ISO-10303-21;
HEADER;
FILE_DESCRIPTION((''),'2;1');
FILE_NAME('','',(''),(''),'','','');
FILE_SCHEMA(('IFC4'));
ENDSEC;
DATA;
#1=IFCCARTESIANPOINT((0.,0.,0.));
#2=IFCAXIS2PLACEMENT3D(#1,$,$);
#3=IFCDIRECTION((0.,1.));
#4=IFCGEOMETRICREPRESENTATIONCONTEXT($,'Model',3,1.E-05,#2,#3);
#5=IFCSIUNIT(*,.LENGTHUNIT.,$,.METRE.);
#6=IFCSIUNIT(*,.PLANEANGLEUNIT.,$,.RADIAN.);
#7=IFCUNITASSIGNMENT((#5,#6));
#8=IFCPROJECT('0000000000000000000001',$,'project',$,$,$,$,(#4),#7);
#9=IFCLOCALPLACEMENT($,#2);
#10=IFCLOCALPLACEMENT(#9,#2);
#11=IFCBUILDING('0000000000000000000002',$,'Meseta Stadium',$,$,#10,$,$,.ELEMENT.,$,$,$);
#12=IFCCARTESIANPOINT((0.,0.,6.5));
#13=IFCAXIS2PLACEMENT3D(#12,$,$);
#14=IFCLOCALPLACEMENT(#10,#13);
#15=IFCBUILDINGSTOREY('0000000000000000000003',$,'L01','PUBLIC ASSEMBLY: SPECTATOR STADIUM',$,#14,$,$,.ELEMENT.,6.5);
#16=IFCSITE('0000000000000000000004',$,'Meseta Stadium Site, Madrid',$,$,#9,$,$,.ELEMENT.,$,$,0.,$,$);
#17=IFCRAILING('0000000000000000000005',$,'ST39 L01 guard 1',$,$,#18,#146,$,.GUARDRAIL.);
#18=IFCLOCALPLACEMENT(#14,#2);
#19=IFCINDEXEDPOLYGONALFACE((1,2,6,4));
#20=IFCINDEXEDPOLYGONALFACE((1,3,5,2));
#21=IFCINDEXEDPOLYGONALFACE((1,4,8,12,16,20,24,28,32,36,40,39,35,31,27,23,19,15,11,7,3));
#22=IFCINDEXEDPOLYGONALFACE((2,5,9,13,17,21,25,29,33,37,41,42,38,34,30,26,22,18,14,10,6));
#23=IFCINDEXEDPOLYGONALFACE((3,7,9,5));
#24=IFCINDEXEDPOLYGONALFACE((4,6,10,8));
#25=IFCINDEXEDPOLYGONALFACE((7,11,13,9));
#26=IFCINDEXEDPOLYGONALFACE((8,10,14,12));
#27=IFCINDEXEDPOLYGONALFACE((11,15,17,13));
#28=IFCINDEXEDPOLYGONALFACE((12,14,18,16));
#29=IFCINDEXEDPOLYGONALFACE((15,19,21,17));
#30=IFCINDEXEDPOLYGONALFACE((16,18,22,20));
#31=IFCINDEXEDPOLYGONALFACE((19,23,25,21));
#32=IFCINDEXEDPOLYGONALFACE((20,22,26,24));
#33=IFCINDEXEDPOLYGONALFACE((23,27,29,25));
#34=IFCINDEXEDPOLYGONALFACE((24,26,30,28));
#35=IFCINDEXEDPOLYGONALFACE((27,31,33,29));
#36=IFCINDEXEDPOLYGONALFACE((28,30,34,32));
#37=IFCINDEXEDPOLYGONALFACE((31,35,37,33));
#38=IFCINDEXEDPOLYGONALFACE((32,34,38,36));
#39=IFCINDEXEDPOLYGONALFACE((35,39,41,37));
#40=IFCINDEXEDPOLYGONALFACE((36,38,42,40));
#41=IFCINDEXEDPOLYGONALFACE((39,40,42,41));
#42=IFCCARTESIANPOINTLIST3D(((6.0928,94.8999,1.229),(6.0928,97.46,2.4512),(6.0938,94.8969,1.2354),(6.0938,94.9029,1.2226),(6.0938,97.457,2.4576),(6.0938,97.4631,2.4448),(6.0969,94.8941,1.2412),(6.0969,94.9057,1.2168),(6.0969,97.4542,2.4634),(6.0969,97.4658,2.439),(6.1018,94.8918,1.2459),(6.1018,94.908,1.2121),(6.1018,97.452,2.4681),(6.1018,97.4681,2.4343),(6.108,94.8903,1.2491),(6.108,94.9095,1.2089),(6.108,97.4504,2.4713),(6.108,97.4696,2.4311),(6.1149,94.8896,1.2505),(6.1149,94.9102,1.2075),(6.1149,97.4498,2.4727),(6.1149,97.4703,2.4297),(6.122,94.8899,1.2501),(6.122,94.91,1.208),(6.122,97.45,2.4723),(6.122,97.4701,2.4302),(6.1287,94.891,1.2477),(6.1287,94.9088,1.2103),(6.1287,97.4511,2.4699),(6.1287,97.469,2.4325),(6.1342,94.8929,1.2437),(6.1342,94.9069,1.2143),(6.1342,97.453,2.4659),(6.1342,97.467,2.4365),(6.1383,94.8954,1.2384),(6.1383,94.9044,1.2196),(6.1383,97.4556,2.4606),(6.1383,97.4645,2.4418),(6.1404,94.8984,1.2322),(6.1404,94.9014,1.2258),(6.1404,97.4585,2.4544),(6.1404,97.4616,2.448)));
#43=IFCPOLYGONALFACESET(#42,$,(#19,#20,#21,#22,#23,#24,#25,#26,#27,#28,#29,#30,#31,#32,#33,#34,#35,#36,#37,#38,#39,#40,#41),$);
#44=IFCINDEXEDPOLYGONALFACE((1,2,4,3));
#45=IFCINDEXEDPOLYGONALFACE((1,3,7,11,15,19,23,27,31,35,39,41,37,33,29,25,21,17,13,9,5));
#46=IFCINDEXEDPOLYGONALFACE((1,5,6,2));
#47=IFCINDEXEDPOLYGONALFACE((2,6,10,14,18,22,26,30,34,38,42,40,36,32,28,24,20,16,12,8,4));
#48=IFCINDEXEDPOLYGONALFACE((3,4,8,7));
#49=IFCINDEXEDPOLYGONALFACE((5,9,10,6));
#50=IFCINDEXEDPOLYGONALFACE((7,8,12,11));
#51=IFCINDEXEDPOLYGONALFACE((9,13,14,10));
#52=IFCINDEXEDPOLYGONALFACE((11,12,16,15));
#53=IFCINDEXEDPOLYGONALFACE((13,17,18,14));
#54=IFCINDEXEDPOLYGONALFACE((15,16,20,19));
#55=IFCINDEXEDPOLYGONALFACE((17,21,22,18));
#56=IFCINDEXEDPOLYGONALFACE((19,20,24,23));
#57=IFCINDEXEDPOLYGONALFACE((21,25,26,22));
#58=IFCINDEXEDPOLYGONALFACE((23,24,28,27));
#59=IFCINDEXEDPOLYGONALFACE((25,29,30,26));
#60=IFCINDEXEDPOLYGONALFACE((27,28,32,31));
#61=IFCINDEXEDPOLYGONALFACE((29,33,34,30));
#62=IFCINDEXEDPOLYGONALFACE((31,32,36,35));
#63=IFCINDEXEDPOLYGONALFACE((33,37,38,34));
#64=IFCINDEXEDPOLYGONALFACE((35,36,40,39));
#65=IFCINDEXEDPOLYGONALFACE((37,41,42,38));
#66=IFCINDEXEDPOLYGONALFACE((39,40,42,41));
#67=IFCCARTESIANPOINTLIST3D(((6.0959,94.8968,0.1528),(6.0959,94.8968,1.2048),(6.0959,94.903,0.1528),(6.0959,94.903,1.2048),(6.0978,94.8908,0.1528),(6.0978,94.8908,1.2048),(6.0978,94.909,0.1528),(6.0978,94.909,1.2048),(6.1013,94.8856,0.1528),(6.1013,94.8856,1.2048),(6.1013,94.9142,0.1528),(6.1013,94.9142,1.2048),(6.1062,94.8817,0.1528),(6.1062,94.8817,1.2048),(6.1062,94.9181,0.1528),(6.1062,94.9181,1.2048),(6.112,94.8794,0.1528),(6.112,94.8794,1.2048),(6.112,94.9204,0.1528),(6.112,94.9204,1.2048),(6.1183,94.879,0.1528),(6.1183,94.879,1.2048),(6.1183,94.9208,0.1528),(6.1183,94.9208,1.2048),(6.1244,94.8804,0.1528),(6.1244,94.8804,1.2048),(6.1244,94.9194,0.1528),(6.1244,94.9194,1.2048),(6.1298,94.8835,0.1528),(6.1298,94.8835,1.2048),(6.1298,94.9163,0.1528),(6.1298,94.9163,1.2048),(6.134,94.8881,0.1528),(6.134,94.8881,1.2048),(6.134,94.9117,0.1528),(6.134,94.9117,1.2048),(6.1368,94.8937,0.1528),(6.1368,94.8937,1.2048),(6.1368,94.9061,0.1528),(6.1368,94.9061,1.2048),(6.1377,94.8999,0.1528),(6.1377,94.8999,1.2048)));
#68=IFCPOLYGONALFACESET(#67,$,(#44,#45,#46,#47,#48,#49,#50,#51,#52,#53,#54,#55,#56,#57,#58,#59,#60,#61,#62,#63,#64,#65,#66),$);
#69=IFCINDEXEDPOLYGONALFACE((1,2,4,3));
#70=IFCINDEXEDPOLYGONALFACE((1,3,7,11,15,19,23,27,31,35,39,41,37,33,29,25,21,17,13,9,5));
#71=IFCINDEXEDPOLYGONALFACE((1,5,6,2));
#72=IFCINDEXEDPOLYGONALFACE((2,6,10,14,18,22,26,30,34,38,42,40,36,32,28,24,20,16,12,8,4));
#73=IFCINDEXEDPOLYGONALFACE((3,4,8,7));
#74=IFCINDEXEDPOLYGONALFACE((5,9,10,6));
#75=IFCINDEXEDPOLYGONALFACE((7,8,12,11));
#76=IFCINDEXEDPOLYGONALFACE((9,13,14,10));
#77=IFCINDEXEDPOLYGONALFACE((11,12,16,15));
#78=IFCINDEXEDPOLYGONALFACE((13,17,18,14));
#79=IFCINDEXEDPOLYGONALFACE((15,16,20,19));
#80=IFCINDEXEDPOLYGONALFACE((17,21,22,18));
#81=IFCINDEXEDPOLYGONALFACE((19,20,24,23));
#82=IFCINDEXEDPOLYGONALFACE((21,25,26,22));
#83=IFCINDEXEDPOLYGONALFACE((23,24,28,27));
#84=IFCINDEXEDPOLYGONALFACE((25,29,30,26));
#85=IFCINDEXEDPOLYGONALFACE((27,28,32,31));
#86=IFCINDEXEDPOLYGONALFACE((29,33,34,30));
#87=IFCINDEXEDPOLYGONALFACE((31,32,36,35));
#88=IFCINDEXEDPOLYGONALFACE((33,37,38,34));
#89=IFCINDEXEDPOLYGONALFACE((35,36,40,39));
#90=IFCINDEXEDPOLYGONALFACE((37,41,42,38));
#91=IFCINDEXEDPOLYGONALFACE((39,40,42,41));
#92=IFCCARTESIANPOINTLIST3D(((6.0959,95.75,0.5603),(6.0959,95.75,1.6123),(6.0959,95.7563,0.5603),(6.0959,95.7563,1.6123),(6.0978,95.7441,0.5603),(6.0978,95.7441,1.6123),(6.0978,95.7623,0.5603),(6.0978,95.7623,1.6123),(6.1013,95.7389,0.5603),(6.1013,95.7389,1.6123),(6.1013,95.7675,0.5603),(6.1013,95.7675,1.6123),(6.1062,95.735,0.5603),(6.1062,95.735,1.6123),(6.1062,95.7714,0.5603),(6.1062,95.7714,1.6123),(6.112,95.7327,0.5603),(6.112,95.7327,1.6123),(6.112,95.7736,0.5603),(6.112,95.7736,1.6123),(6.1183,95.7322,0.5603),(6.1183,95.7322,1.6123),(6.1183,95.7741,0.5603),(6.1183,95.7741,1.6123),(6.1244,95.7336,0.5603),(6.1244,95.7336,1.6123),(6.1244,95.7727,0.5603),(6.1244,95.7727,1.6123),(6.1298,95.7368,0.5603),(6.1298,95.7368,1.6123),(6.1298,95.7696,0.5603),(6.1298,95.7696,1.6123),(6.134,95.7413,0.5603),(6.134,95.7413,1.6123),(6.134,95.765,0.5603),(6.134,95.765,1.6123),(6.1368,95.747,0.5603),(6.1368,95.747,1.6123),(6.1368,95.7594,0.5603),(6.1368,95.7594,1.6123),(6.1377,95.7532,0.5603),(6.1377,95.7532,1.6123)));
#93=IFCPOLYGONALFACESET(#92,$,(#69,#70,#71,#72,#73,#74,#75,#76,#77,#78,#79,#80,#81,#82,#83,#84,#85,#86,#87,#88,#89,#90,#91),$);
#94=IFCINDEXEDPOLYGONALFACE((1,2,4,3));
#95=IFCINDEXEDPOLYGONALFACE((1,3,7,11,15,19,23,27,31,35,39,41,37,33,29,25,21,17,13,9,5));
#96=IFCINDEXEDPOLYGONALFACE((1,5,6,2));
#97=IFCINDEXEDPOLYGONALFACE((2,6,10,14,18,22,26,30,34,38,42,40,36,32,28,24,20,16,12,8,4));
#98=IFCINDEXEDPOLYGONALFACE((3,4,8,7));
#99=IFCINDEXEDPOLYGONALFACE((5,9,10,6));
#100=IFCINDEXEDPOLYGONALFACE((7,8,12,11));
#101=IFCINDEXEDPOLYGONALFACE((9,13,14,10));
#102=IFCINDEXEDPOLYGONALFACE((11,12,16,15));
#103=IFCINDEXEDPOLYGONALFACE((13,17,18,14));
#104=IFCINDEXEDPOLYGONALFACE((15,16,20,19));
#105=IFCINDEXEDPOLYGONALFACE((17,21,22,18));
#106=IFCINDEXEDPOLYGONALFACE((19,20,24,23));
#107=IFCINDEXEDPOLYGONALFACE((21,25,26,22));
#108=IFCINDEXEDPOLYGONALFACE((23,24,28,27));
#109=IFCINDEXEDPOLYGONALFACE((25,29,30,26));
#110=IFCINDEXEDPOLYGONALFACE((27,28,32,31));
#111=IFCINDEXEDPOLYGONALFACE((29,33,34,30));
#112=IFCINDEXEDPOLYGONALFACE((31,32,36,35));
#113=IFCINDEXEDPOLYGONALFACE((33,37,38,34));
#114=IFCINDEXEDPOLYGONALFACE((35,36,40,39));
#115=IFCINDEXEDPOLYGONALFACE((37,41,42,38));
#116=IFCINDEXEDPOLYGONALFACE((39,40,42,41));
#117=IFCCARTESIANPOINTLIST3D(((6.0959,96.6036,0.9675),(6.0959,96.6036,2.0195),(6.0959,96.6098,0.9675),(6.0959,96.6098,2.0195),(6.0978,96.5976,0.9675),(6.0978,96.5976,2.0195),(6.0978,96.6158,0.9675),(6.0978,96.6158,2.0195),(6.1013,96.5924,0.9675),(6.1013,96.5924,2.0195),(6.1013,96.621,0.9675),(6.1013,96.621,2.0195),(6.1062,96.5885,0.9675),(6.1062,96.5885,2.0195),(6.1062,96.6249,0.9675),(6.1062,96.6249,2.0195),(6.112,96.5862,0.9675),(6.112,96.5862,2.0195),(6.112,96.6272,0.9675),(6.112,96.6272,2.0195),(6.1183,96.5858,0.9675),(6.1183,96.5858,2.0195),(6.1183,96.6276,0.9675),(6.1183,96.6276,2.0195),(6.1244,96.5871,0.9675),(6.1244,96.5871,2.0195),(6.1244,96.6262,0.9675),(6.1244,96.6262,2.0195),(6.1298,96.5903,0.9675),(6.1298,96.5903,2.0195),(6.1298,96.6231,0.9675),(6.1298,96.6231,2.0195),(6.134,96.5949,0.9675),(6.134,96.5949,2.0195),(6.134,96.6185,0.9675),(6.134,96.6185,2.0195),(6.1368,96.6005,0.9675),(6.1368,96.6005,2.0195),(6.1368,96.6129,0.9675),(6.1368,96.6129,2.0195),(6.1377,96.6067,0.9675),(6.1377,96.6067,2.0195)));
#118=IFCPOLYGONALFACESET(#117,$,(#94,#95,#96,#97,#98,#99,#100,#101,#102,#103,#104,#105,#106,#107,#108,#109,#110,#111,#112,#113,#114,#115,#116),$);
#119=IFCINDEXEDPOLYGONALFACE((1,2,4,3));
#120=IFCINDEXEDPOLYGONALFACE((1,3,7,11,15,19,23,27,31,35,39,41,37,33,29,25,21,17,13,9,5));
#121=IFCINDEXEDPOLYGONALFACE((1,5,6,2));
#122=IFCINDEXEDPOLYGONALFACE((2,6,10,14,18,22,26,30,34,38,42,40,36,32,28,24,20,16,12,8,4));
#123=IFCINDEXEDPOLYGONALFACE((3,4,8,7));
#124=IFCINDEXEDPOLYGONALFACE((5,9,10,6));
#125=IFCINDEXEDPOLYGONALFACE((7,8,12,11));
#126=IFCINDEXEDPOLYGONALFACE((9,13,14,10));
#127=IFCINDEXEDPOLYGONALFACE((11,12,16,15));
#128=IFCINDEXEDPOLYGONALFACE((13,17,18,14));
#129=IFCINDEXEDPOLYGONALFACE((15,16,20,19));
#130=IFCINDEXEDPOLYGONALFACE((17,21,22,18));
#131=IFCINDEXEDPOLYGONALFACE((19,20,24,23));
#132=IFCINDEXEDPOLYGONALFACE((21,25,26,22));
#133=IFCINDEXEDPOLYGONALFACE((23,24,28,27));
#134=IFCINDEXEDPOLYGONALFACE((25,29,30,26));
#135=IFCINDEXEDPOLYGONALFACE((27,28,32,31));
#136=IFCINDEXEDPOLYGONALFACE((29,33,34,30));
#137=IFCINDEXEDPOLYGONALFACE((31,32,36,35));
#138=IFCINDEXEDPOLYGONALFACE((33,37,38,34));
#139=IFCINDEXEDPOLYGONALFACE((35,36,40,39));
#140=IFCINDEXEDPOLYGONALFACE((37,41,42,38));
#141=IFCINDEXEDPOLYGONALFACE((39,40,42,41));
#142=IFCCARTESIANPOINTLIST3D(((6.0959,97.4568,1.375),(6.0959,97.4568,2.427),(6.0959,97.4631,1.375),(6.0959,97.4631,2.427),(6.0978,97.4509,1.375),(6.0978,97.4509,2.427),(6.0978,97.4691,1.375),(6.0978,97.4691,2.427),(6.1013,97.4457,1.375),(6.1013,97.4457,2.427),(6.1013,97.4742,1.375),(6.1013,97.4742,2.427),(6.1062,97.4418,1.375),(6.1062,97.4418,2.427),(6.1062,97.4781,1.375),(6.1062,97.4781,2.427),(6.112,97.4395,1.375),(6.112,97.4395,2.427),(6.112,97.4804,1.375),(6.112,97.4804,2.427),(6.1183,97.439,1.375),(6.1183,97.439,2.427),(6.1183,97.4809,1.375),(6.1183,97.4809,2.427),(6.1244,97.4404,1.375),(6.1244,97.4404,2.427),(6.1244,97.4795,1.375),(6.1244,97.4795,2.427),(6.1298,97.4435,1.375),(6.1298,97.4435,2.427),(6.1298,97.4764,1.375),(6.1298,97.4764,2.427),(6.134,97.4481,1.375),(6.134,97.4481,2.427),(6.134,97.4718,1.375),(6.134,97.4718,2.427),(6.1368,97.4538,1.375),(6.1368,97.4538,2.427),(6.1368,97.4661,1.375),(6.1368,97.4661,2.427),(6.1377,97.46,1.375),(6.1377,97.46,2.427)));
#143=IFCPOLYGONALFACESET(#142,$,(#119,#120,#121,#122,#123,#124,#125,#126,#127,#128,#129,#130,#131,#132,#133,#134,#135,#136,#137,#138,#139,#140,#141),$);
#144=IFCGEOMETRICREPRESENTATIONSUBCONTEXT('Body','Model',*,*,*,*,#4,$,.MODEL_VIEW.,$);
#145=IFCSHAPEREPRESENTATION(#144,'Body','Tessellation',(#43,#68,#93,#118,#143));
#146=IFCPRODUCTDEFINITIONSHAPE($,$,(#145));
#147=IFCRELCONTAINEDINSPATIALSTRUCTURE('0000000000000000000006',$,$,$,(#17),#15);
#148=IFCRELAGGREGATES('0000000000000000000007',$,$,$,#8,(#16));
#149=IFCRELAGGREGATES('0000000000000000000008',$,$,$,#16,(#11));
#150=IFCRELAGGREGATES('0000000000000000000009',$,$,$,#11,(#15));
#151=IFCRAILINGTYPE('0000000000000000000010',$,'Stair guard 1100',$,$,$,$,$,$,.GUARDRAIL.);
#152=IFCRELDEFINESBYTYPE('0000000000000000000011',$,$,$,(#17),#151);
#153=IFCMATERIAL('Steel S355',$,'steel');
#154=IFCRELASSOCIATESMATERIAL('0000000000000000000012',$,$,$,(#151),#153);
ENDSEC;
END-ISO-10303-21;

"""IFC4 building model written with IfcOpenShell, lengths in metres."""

from ifc_helpers import new_model, si_unit, direction, frame, origin, origin_2d, place, context, subcontext, project, spatial, circle, extrude, material, type_object, element, save


model = new_model("IFC4")

# Units and contexts
model_context = context("Model", 3, precision=1e-05, world=origin(), true_north=direction((0.0, 1.0)))
body_context = subcontext(model_context, "Body", "Model", "MODEL_VIEW")
ifc_project = project(units=[si_unit("LENGTHUNIT", "METRE"), si_unit("PLANEANGLEUNIT", "RADIAN")], contexts=[model_context])

# Site, building, storey
site_placement = place(None, origin())
site = spatial("IfcSite", under=ifc_project, at=site_placement, Name="Meseta Stadium Site, Madrid", CompositionType="ELEMENT", RefElevation=0.0)
building_placement = place(site_placement, origin())
building = spatial("IfcBuilding", under=site, at=building_placement, Name="Meseta Stadium", CompositionType="ELEMENT")
storey_placement = place(building_placement, frame((0.0, 0.0, 6.5)))
storey = spatial("IfcBuildingStorey", under=building, at=storey_placement, Name="L01", Description="PUBLIC ASSEMBLY: SPECTATOR STADIUM", CompositionType="ELEMENT", Elevation=6.5)

# Railing
ifc_material_1 = material(Name="Steel S355", Category="steel")
railing_type_1 = type_object("IfcRailingType", Name="Stair guard 1100", PredefinedType="GUARDRAIL", material=ifc_material_1)
railing_1_placement = place(storey_placement, frame((6.1167, 94.8999, 0.1528)))
element("IfcRailing", 1, at=railing_1_placement, inside=storey, type_object=railing_type_1, Name="ST39 L01 guard 1", PredefinedType="GUARDRAIL", context=body_context, shape_type="SweptSolid", body=[
    extrude(circle(Radius=0.0239, at=origin_2d()), frame((0.0, 0.0, 1.0762), z_axis=(0.0, 0.902437, 0.430822), x_axis=(-1.0, 0.0, 0.0)), (0.0, 0.0, 1.0), 2.8369),
    extrude(circle(Radius=0.021, at=origin_2d()), origin(), (0.0, 0.0, 1.0), 1.052),
    extrude(circle(Radius=0.021, at=origin_2d()), frame((0.0, 0.8533, 0.4075)), (0.0, 0.0, 1.0), 1.052),
    extrude(circle(Radius=0.021, at=origin_2d()), frame((0.0, 1.7068, 0.8147)), (0.0, 0.0, 1.0), 1.052),
    extrude(circle(Radius=0.021, at=origin_2d()), frame((0.0, 2.5601, 1.2222)), (0.0, 0.0, 1.0), 1.052),
])

save(model, "model.ifc")
